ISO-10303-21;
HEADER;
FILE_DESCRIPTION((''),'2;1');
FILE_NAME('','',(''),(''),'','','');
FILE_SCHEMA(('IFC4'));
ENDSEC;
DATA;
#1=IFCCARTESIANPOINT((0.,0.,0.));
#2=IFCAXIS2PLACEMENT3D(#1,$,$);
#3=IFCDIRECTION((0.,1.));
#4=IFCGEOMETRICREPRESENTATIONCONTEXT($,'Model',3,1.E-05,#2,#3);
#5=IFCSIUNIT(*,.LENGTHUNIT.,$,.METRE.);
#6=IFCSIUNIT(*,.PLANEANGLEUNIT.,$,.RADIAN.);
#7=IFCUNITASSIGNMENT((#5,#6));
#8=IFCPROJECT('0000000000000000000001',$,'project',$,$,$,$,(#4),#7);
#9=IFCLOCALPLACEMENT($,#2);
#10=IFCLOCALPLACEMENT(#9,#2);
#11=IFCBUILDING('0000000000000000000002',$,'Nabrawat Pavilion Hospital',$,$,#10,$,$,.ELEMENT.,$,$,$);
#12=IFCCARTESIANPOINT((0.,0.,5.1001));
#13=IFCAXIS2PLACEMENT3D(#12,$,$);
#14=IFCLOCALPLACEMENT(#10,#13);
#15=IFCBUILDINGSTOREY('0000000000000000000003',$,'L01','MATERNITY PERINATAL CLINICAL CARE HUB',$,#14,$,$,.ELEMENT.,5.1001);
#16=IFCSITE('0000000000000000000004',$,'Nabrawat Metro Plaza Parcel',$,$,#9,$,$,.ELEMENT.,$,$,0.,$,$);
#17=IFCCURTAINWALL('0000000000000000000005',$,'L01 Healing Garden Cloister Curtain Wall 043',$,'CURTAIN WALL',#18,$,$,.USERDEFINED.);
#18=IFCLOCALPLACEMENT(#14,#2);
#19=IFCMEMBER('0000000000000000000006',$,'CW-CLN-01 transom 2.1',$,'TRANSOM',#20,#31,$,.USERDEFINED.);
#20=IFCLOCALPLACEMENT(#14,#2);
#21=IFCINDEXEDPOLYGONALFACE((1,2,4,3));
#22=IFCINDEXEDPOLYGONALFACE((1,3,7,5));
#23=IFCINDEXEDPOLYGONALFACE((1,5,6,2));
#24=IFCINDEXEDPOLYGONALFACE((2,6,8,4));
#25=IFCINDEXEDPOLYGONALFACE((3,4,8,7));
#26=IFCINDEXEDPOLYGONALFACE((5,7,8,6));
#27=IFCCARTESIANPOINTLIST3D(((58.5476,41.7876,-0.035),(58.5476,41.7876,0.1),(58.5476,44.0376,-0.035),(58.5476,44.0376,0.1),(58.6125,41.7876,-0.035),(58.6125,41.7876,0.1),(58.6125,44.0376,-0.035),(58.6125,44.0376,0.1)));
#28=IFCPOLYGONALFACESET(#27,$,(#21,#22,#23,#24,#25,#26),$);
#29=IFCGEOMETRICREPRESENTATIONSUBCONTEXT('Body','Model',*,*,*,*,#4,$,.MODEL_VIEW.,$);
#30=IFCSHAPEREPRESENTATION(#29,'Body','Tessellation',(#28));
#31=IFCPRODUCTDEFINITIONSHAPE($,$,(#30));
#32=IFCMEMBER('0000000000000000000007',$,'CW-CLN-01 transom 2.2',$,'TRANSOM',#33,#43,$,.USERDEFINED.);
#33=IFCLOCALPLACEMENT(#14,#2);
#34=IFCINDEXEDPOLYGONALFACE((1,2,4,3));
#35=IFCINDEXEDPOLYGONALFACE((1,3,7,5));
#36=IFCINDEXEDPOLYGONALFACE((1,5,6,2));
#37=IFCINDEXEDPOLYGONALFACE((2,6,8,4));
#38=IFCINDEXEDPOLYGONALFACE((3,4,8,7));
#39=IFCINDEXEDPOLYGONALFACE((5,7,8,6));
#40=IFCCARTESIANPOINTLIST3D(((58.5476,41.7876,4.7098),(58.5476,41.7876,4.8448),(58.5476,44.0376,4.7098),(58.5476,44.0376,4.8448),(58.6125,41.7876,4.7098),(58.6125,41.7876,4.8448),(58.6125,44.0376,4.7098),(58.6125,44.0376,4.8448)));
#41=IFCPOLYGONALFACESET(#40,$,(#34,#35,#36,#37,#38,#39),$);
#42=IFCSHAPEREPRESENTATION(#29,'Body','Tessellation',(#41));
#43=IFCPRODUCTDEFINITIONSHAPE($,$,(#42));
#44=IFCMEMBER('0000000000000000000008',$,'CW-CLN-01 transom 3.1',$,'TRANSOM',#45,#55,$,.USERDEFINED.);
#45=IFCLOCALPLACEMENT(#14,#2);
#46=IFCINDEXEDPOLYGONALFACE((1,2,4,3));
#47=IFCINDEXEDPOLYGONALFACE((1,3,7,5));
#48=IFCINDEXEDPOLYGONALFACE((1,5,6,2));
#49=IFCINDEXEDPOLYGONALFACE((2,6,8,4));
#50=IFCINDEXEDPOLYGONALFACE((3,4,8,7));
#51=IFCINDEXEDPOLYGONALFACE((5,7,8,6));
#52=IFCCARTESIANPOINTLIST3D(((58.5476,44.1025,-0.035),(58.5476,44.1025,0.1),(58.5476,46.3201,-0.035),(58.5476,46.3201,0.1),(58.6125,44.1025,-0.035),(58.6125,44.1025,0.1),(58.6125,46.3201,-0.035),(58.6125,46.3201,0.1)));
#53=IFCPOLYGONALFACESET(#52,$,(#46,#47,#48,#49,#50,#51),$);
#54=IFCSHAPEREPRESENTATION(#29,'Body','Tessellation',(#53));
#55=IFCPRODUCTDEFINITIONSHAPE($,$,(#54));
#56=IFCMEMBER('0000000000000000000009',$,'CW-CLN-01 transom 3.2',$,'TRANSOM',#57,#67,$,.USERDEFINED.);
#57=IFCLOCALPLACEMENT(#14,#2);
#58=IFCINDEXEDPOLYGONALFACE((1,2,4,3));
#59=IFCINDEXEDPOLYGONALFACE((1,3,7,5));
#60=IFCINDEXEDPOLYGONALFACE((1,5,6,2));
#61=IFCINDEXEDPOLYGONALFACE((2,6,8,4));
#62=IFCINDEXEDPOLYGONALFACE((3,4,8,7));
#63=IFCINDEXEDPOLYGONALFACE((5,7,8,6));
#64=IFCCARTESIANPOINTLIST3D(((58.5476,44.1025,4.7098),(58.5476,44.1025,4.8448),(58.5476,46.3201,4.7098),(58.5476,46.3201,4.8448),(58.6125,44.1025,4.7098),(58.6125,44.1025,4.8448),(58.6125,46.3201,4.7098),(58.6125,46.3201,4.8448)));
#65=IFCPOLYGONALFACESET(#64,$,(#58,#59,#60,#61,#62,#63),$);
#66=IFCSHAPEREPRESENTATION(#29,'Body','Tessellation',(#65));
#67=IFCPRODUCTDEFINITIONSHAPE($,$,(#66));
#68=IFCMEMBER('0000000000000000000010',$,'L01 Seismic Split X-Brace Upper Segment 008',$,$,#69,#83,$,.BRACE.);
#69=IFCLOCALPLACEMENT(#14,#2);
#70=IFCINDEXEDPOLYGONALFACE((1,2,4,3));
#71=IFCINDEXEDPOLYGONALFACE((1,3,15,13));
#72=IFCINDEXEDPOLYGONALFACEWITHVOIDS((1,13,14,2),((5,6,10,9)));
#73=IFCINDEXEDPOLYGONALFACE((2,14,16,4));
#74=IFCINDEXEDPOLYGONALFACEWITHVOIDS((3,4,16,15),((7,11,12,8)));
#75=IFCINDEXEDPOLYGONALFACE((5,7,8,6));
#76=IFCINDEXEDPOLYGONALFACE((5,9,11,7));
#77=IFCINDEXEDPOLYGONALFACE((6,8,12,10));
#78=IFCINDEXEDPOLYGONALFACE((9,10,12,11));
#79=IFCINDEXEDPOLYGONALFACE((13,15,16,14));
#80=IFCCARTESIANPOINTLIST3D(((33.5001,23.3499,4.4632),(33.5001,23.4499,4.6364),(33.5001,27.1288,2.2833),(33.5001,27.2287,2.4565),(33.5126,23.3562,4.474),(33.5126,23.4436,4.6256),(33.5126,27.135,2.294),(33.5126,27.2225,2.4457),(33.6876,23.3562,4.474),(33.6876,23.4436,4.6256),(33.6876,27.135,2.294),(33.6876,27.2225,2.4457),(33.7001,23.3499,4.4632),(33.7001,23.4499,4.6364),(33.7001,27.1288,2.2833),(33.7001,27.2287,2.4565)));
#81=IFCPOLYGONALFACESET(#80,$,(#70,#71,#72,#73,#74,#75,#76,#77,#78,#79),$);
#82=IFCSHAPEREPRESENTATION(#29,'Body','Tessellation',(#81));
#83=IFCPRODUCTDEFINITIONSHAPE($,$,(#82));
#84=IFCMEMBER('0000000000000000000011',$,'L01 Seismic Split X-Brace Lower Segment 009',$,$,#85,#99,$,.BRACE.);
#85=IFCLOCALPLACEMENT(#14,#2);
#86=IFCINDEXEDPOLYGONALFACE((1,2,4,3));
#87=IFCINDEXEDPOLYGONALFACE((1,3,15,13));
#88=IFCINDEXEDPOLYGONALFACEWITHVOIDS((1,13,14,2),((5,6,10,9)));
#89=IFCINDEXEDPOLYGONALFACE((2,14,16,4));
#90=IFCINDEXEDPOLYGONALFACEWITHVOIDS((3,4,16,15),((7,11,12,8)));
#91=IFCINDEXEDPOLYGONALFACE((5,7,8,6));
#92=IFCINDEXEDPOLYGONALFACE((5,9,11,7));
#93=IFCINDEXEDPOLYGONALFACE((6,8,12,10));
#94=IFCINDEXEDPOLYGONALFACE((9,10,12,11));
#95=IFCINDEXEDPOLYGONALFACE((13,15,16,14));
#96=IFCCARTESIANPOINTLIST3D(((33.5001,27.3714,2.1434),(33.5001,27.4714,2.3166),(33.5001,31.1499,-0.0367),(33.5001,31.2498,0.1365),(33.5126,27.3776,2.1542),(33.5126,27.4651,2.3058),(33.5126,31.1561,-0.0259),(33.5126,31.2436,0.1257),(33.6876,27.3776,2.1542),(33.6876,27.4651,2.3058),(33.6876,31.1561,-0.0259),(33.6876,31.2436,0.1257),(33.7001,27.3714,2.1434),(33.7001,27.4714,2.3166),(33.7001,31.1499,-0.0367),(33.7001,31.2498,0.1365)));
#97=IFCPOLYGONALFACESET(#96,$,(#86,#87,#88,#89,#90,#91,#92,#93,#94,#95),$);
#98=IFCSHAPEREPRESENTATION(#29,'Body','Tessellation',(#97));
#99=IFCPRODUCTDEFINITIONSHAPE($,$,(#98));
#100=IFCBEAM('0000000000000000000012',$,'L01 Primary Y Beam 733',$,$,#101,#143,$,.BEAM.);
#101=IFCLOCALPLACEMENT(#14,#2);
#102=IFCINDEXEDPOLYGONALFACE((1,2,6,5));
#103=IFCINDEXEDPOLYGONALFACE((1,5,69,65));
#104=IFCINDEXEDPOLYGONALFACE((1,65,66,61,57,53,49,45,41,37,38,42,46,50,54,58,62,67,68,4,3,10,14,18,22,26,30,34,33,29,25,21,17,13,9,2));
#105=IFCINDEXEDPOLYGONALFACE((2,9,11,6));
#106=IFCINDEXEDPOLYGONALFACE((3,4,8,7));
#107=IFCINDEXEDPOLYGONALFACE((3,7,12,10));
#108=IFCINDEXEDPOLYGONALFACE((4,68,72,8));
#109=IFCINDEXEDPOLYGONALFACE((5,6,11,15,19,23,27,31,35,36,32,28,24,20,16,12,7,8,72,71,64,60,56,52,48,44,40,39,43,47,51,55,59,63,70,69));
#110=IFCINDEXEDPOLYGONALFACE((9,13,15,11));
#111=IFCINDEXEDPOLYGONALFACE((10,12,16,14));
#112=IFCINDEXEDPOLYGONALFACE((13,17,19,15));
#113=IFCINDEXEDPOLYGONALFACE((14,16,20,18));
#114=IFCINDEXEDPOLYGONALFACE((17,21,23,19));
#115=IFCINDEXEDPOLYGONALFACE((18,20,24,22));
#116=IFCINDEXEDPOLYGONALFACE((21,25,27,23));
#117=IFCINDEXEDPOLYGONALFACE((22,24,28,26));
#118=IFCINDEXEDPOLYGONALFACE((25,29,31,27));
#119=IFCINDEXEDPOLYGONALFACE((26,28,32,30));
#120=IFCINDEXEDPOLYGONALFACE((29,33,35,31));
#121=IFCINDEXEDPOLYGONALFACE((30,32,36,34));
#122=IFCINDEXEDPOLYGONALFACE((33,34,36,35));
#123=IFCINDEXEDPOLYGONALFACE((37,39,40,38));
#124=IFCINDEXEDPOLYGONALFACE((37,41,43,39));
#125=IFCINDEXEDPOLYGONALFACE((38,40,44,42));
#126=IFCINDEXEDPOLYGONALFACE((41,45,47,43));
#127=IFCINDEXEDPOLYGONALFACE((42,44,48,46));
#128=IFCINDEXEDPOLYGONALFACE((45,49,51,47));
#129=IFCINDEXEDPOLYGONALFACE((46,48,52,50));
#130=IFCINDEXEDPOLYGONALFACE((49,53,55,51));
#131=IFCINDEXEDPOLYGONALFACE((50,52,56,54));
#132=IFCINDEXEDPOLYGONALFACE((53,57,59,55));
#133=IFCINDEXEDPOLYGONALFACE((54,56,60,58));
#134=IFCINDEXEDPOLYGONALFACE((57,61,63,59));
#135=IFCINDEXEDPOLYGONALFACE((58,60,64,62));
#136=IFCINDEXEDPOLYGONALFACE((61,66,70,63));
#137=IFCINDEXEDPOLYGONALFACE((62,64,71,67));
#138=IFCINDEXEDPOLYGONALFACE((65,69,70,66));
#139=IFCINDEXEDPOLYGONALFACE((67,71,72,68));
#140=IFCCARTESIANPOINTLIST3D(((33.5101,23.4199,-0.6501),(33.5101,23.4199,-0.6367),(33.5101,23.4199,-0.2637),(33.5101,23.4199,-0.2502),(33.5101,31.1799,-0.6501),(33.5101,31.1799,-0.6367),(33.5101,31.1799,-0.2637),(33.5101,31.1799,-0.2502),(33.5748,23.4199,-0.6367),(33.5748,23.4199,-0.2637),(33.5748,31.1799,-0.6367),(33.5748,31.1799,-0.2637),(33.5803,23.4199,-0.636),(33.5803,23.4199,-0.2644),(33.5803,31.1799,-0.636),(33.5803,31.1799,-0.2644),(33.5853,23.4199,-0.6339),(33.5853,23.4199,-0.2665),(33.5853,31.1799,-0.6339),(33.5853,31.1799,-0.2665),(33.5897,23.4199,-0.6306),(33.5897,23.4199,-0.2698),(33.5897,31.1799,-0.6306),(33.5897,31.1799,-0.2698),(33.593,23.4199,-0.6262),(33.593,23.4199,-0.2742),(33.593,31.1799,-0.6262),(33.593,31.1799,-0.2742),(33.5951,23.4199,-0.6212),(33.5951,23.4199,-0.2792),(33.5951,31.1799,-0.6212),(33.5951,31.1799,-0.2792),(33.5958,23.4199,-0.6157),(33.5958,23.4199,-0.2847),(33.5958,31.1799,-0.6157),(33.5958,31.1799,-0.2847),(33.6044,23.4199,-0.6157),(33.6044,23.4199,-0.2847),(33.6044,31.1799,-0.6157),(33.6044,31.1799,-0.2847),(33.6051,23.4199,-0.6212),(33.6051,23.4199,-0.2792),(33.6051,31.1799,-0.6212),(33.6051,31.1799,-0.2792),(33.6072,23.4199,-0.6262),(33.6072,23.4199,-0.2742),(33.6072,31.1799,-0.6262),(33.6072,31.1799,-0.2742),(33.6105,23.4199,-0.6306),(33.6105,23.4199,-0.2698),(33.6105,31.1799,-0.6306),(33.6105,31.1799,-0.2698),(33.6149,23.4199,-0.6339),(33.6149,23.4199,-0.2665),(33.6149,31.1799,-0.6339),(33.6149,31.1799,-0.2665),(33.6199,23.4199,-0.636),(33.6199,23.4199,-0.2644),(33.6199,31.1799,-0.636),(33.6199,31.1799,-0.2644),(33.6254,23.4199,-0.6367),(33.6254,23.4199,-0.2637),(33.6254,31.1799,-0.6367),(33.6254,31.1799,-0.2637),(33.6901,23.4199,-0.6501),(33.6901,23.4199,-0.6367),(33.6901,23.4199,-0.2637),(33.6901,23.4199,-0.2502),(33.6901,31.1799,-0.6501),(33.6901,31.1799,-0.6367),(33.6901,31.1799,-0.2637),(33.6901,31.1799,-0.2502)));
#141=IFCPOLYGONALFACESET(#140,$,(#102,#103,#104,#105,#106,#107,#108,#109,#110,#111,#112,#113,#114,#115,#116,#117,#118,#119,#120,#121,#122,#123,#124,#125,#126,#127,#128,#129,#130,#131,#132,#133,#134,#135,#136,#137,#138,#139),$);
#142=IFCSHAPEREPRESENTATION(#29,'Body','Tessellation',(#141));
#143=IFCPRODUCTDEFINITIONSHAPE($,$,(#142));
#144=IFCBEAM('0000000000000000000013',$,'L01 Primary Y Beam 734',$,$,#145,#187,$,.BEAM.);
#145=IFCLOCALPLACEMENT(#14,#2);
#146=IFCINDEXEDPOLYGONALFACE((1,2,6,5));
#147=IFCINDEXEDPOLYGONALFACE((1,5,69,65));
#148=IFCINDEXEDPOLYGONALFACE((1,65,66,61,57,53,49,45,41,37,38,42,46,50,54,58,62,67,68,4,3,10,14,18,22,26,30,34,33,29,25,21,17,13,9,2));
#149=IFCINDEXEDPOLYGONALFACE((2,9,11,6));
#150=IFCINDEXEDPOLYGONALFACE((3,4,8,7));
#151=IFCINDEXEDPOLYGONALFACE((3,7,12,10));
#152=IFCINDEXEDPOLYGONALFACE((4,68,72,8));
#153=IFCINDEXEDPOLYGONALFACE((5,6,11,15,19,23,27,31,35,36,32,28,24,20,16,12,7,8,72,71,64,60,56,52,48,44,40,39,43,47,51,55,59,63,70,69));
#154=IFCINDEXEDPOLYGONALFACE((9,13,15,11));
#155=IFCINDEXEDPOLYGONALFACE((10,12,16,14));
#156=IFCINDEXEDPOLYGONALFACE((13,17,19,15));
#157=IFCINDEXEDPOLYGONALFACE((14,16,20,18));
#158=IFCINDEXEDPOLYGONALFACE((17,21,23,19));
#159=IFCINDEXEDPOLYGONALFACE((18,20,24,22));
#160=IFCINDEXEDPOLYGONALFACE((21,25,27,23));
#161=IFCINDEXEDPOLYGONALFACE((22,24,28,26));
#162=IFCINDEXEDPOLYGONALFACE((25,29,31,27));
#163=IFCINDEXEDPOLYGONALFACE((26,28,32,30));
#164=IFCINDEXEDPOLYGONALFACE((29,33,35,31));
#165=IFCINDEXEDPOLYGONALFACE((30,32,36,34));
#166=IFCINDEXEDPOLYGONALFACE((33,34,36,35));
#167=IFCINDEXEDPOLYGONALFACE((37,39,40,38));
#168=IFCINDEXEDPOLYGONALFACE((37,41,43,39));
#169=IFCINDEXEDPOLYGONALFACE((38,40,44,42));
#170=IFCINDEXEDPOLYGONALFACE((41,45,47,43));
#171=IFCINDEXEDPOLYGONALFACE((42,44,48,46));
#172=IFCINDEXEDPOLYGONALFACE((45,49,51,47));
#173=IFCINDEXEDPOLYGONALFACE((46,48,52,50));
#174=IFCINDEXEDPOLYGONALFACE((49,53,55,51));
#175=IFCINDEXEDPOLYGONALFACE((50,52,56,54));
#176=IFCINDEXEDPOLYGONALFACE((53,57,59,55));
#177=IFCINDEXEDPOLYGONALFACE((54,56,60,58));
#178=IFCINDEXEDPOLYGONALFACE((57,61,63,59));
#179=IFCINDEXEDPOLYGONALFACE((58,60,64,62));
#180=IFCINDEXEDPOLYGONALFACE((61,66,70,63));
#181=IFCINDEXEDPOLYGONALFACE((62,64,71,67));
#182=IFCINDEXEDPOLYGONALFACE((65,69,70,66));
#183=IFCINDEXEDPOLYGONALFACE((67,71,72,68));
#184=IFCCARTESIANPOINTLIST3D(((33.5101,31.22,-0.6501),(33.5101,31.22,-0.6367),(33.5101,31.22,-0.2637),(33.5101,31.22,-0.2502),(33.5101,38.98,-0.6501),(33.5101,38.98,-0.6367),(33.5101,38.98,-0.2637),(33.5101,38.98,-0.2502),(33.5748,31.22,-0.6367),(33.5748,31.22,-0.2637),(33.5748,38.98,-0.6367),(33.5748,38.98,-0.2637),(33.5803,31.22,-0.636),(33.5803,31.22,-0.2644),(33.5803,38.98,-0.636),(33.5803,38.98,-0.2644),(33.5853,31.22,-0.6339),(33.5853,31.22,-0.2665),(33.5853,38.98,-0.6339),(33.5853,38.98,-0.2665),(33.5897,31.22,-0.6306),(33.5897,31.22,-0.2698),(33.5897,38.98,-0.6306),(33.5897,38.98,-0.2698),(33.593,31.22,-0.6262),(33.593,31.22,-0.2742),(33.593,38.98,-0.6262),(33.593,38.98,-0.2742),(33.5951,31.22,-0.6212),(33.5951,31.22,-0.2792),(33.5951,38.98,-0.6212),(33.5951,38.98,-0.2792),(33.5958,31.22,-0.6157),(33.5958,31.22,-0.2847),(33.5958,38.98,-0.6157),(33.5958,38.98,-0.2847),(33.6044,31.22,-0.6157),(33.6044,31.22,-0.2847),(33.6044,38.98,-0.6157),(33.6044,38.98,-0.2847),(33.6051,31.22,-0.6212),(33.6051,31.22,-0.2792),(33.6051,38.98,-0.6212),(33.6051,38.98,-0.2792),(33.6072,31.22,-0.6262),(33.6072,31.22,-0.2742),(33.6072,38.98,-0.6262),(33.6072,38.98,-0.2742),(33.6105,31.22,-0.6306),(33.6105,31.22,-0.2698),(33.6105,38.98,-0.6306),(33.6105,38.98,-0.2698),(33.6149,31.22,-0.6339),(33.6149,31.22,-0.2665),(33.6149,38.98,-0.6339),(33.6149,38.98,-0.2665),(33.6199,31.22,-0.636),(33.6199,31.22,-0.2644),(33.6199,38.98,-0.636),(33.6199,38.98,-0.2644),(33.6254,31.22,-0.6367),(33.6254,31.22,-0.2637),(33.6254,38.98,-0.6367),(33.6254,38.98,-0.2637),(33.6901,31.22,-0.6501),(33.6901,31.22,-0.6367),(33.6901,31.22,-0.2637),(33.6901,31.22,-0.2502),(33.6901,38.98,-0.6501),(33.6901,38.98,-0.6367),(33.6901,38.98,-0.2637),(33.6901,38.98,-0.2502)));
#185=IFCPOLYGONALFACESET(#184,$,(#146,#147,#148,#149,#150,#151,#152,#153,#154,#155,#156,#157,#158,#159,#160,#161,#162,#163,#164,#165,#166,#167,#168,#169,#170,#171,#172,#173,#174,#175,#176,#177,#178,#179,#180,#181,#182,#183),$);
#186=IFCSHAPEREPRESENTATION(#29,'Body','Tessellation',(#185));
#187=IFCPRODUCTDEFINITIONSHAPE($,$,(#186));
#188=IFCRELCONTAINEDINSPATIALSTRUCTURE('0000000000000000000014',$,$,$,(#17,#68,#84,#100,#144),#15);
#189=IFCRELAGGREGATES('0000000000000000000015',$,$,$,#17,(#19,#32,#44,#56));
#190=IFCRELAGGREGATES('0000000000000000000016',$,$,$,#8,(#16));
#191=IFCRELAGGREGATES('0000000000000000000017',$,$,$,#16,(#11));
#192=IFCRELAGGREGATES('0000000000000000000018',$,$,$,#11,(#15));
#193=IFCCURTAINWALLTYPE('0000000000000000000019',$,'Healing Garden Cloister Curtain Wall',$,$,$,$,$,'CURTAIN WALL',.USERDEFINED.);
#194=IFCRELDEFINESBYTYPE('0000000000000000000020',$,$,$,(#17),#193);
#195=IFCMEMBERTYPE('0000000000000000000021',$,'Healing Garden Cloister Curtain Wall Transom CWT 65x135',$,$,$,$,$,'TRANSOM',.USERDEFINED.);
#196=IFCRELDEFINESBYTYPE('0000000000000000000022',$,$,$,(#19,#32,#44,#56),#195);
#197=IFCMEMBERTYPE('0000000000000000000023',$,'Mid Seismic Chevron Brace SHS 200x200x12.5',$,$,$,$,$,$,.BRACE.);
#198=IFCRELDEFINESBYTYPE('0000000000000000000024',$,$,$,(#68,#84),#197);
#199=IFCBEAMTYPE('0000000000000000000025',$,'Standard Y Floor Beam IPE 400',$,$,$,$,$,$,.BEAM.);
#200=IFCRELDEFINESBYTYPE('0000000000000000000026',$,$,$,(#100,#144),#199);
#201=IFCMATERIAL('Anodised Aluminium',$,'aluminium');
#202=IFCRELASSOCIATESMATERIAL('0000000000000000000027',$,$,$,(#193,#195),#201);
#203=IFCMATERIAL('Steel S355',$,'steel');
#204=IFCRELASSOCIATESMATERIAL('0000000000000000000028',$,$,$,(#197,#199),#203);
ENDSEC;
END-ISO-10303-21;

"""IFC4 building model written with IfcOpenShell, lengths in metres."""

from ifc_helpers import new_model, si_unit, direction, frame, origin, origin_2d, place, context, subcontext, project, spatial, rectangle, hollow_rectangle, i_section, extrude, material, material_profile, profile_set, type_object, element, aggregate, save


model = new_model("IFC4")

# Units and contexts
model_context = context("Model", 3, precision=1e-05, world=origin(), true_north=direction((0.0, 1.0)))
body_context = subcontext(model_context, "Body", "Model", "MODEL_VIEW")
ifc_project = project(units=[si_unit("LENGTHUNIT", "METRE"), si_unit("PLANEANGLEUNIT", "RADIAN")], contexts=[model_context])

# Site, building, storey
site_placement = place(None, origin())
site = spatial("IfcSite", under=ifc_project, at=site_placement, Name="Nabrawat Metro Plaza Parcel", CompositionType="ELEMENT", RefElevation=0.0)
building_placement = place(site_placement, origin())
building = spatial("IfcBuilding", under=site, at=building_placement, Name="Nabrawat Pavilion Hospital", CompositionType="ELEMENT")
storey_placement = place(building_placement, frame((0.0, 0.0, 5.1001)))
storey = spatial("IfcBuildingStorey", under=building, at=storey_placement, Name="L01", Description="MATERNITY PERINATAL CLINICAL CARE HUB", CompositionType="ELEMENT", Elevation=5.1001)

# Shared definitions
ifc_material_1 = material(Name="Steel S355", Category="steel")

# Curtain wall, members
ifc_material_2 = material(Name="Anodised Aluminium", Category="aluminium")
curtain_wall_type = type_object("IfcCurtainWallType", Name="Healing Garden Cloister Curtain Wall", ElementType="CURTAIN WALL", PredefinedType="USERDEFINED", material=ifc_material_2)
curtain_wall_placement = place(storey_placement, origin())
curtain_wall = element("IfcCurtainWall", 1, at=curtain_wall_placement, inside=storey, type_object=curtain_wall_type, Name="L01 Healing Garden Cloister Curtain Wall 043", ObjectType="CURTAIN WALL", PredefinedType="USERDEFINED")
ifc_material_profile_1 = material_profile(ifc_material_2, rectangle(XDim=0.0649, YDim=0.135, at=origin_2d()), Name="CWT 65x135")
ifc_profile_set_1 = profile_set([ifc_material_profile_1], Name="Anodised Aluminium")
member_type_1 = type_object("IfcMemberType", Name="Healing Garden Cloister Curtain Wall Transom CWT 65x135", ElementType="TRANSOM", PredefinedType="USERDEFINED", material=ifc_profile_set_1)
member_1_placement = place(storey_placement, frame((58.5801, 41.7876, 0.0325), z_axis=(0.0, 1.0, 0.0), x_axis=(-1.0, 0.0, 0.0)))
member_1 = element("IfcMember", 2, at=member_1_placement, type_object=member_type_1, Name="CW-CLN-01 transom 2.1", ObjectType="TRANSOM", PredefinedType="USERDEFINED", context=body_context, shape_type="SweptSolid", body=[
    extrude(rectangle(XDim=0.0649, YDim=0.135, at=origin_2d()), origin(), (0.0, 0.0, 1.0), 2.25),
])
member_2_placement = place(storey_placement, frame((58.5801, 41.7876, 4.7773), z_axis=(0.0, 1.0, 0.0), x_axis=(-1.0, 0.0, 0.0)))
member_2 = element("IfcMember", 3, at=member_2_placement, type_object=member_type_1, Name="CW-CLN-01 transom 2.2", ObjectType="TRANSOM", PredefinedType="USERDEFINED", context=body_context, shape_type="SweptSolid", body=[
    extrude(rectangle(XDim=0.0649, YDim=0.135, at=origin_2d()), origin(), (0.0, 0.0, 1.0), 2.25),
])
member_3_placement = place(storey_placement, frame((58.5801, 44.1025, 0.0325), z_axis=(0.0, 1.0, 0.0), x_axis=(-1.0, 0.0, 0.0)))
member_3 = element("IfcMember", 4, at=member_3_placement, type_object=member_type_1, Name="CW-CLN-01 transom 3.1", ObjectType="TRANSOM", PredefinedType="USERDEFINED", context=body_context, shape_type="SweptSolid", body=[
    extrude(rectangle(XDim=0.0649, YDim=0.135, at=origin_2d()), origin(), (0.0, 0.0, 1.0), 2.2175),
])
member_4_placement = place(storey_placement, frame((58.5801, 44.1025, 4.7773), z_axis=(0.0, 1.0, 0.0), x_axis=(-1.0, 0.0, 0.0)))
member_4 = element("IfcMember", 5, at=member_4_placement, type_object=member_type_1, Name="CW-CLN-01 transom 3.2", ObjectType="TRANSOM", PredefinedType="USERDEFINED", context=body_context, shape_type="SweptSolid", body=[
    extrude(rectangle(XDim=0.0649, YDim=0.135, at=origin_2d()), origin(), (0.0, 0.0, 1.0), 2.2175),
])

# Members
ifc_material_profile_2 = material_profile(ifc_material_1, hollow_rectangle(XDim=0.2, YDim=0.2, WallThickness=0.0125, at=origin_2d()), Name="SHS 200x200x12.5")
ifc_profile_set_2 = profile_set([ifc_material_profile_2], Name="Steel S355")
member_type_2 = type_object("IfcMemberType", Name="Mid Seismic Chevron Brace SHS 200x200x12.5", PredefinedType="BRACE", material=ifc_profile_set_2)
member_5_placement = place(storey_placement, frame((33.6001, 23.3999, 4.5498), z_axis=(0.0, 0.8662, -0.499697), x_axis=(-1.0, 0.0, 0.0)))
element("IfcMember", 6, at=member_5_placement, inside=storey, type_object=member_type_2, Name="L01 Seismic Split X-Brace Upper Segment 008", PredefinedType="BRACE", context=body_context, shape_type="SweptSolid", body=[
    extrude(hollow_rectangle(XDim=0.2, YDim=0.2, WallThickness=0.0125, at=origin_2d()), origin(), (0.0, 0.0, 1.0), 4.3625),
])
member_6_placement = place(storey_placement, frame((33.6001, 27.4214, 2.23), z_axis=(0.0, 0.866162, -0.499763), x_axis=(-1.0, 0.0, 0.0)))
element("IfcMember", 7, at=member_6_placement, inside=storey, type_object=member_type_2, Name="L01 Seismic Split X-Brace Lower Segment 009", PredefinedType="BRACE", context=body_context, shape_type="SweptSolid", body=[
    extrude(hollow_rectangle(XDim=0.2, YDim=0.2, WallThickness=0.0125, at=origin_2d()), origin(), (0.0, 0.0, 1.0), 4.3623),
])

# Beams
ifc_material_profile_3 = material_profile(ifc_material_1, i_section(OverallWidth=0.1799, OverallDepth=0.3999, WebThickness=0.0085, FlangeThickness=0.0134, FilletRadius=0.021, at=origin_2d()), Name="IPE 400")
ifc_profile_set_3 = profile_set([ifc_material_profile_3], Name="Steel S355")
beam_type_1 = type_object("IfcBeamType", Name="Standard Y Floor Beam IPE 400", PredefinedType="BEAM", material=ifc_profile_set_3)
for number, where, z_axis, x_axis, name in (
    (8, (33.6001, 23.4199, -0.4502), (0.0, 1.0, 0.0), (-1.0, 0.0, 0.0), "L01 Primary Y Beam 733"),
    (9, (33.6001, 31.22, -0.4502), (0.0, 1.0, 0.0), (-1.0, 0.0, 0.0), "L01 Primary Y Beam 734"),
):
    element("IfcBeam", number, at=place(storey_placement, frame(where, z_axis=z_axis, x_axis=x_axis)), inside=storey, type_object=beam_type_1, Name=name, PredefinedType="BEAM", context=body_context, shape_type="SweptSolid", body=[
        extrude(i_section(OverallWidth=0.1799, OverallDepth=0.3999, WebThickness=0.0085, FlangeThickness=0.0134, FilletRadius=0.021, at=origin_2d()), origin(), (0.0, 0.0, 1.0), 7.76),
    ])

aggregate(curtain_wall, [member_1, member_2, member_3, member_4])

save(model, "model.ifc")
